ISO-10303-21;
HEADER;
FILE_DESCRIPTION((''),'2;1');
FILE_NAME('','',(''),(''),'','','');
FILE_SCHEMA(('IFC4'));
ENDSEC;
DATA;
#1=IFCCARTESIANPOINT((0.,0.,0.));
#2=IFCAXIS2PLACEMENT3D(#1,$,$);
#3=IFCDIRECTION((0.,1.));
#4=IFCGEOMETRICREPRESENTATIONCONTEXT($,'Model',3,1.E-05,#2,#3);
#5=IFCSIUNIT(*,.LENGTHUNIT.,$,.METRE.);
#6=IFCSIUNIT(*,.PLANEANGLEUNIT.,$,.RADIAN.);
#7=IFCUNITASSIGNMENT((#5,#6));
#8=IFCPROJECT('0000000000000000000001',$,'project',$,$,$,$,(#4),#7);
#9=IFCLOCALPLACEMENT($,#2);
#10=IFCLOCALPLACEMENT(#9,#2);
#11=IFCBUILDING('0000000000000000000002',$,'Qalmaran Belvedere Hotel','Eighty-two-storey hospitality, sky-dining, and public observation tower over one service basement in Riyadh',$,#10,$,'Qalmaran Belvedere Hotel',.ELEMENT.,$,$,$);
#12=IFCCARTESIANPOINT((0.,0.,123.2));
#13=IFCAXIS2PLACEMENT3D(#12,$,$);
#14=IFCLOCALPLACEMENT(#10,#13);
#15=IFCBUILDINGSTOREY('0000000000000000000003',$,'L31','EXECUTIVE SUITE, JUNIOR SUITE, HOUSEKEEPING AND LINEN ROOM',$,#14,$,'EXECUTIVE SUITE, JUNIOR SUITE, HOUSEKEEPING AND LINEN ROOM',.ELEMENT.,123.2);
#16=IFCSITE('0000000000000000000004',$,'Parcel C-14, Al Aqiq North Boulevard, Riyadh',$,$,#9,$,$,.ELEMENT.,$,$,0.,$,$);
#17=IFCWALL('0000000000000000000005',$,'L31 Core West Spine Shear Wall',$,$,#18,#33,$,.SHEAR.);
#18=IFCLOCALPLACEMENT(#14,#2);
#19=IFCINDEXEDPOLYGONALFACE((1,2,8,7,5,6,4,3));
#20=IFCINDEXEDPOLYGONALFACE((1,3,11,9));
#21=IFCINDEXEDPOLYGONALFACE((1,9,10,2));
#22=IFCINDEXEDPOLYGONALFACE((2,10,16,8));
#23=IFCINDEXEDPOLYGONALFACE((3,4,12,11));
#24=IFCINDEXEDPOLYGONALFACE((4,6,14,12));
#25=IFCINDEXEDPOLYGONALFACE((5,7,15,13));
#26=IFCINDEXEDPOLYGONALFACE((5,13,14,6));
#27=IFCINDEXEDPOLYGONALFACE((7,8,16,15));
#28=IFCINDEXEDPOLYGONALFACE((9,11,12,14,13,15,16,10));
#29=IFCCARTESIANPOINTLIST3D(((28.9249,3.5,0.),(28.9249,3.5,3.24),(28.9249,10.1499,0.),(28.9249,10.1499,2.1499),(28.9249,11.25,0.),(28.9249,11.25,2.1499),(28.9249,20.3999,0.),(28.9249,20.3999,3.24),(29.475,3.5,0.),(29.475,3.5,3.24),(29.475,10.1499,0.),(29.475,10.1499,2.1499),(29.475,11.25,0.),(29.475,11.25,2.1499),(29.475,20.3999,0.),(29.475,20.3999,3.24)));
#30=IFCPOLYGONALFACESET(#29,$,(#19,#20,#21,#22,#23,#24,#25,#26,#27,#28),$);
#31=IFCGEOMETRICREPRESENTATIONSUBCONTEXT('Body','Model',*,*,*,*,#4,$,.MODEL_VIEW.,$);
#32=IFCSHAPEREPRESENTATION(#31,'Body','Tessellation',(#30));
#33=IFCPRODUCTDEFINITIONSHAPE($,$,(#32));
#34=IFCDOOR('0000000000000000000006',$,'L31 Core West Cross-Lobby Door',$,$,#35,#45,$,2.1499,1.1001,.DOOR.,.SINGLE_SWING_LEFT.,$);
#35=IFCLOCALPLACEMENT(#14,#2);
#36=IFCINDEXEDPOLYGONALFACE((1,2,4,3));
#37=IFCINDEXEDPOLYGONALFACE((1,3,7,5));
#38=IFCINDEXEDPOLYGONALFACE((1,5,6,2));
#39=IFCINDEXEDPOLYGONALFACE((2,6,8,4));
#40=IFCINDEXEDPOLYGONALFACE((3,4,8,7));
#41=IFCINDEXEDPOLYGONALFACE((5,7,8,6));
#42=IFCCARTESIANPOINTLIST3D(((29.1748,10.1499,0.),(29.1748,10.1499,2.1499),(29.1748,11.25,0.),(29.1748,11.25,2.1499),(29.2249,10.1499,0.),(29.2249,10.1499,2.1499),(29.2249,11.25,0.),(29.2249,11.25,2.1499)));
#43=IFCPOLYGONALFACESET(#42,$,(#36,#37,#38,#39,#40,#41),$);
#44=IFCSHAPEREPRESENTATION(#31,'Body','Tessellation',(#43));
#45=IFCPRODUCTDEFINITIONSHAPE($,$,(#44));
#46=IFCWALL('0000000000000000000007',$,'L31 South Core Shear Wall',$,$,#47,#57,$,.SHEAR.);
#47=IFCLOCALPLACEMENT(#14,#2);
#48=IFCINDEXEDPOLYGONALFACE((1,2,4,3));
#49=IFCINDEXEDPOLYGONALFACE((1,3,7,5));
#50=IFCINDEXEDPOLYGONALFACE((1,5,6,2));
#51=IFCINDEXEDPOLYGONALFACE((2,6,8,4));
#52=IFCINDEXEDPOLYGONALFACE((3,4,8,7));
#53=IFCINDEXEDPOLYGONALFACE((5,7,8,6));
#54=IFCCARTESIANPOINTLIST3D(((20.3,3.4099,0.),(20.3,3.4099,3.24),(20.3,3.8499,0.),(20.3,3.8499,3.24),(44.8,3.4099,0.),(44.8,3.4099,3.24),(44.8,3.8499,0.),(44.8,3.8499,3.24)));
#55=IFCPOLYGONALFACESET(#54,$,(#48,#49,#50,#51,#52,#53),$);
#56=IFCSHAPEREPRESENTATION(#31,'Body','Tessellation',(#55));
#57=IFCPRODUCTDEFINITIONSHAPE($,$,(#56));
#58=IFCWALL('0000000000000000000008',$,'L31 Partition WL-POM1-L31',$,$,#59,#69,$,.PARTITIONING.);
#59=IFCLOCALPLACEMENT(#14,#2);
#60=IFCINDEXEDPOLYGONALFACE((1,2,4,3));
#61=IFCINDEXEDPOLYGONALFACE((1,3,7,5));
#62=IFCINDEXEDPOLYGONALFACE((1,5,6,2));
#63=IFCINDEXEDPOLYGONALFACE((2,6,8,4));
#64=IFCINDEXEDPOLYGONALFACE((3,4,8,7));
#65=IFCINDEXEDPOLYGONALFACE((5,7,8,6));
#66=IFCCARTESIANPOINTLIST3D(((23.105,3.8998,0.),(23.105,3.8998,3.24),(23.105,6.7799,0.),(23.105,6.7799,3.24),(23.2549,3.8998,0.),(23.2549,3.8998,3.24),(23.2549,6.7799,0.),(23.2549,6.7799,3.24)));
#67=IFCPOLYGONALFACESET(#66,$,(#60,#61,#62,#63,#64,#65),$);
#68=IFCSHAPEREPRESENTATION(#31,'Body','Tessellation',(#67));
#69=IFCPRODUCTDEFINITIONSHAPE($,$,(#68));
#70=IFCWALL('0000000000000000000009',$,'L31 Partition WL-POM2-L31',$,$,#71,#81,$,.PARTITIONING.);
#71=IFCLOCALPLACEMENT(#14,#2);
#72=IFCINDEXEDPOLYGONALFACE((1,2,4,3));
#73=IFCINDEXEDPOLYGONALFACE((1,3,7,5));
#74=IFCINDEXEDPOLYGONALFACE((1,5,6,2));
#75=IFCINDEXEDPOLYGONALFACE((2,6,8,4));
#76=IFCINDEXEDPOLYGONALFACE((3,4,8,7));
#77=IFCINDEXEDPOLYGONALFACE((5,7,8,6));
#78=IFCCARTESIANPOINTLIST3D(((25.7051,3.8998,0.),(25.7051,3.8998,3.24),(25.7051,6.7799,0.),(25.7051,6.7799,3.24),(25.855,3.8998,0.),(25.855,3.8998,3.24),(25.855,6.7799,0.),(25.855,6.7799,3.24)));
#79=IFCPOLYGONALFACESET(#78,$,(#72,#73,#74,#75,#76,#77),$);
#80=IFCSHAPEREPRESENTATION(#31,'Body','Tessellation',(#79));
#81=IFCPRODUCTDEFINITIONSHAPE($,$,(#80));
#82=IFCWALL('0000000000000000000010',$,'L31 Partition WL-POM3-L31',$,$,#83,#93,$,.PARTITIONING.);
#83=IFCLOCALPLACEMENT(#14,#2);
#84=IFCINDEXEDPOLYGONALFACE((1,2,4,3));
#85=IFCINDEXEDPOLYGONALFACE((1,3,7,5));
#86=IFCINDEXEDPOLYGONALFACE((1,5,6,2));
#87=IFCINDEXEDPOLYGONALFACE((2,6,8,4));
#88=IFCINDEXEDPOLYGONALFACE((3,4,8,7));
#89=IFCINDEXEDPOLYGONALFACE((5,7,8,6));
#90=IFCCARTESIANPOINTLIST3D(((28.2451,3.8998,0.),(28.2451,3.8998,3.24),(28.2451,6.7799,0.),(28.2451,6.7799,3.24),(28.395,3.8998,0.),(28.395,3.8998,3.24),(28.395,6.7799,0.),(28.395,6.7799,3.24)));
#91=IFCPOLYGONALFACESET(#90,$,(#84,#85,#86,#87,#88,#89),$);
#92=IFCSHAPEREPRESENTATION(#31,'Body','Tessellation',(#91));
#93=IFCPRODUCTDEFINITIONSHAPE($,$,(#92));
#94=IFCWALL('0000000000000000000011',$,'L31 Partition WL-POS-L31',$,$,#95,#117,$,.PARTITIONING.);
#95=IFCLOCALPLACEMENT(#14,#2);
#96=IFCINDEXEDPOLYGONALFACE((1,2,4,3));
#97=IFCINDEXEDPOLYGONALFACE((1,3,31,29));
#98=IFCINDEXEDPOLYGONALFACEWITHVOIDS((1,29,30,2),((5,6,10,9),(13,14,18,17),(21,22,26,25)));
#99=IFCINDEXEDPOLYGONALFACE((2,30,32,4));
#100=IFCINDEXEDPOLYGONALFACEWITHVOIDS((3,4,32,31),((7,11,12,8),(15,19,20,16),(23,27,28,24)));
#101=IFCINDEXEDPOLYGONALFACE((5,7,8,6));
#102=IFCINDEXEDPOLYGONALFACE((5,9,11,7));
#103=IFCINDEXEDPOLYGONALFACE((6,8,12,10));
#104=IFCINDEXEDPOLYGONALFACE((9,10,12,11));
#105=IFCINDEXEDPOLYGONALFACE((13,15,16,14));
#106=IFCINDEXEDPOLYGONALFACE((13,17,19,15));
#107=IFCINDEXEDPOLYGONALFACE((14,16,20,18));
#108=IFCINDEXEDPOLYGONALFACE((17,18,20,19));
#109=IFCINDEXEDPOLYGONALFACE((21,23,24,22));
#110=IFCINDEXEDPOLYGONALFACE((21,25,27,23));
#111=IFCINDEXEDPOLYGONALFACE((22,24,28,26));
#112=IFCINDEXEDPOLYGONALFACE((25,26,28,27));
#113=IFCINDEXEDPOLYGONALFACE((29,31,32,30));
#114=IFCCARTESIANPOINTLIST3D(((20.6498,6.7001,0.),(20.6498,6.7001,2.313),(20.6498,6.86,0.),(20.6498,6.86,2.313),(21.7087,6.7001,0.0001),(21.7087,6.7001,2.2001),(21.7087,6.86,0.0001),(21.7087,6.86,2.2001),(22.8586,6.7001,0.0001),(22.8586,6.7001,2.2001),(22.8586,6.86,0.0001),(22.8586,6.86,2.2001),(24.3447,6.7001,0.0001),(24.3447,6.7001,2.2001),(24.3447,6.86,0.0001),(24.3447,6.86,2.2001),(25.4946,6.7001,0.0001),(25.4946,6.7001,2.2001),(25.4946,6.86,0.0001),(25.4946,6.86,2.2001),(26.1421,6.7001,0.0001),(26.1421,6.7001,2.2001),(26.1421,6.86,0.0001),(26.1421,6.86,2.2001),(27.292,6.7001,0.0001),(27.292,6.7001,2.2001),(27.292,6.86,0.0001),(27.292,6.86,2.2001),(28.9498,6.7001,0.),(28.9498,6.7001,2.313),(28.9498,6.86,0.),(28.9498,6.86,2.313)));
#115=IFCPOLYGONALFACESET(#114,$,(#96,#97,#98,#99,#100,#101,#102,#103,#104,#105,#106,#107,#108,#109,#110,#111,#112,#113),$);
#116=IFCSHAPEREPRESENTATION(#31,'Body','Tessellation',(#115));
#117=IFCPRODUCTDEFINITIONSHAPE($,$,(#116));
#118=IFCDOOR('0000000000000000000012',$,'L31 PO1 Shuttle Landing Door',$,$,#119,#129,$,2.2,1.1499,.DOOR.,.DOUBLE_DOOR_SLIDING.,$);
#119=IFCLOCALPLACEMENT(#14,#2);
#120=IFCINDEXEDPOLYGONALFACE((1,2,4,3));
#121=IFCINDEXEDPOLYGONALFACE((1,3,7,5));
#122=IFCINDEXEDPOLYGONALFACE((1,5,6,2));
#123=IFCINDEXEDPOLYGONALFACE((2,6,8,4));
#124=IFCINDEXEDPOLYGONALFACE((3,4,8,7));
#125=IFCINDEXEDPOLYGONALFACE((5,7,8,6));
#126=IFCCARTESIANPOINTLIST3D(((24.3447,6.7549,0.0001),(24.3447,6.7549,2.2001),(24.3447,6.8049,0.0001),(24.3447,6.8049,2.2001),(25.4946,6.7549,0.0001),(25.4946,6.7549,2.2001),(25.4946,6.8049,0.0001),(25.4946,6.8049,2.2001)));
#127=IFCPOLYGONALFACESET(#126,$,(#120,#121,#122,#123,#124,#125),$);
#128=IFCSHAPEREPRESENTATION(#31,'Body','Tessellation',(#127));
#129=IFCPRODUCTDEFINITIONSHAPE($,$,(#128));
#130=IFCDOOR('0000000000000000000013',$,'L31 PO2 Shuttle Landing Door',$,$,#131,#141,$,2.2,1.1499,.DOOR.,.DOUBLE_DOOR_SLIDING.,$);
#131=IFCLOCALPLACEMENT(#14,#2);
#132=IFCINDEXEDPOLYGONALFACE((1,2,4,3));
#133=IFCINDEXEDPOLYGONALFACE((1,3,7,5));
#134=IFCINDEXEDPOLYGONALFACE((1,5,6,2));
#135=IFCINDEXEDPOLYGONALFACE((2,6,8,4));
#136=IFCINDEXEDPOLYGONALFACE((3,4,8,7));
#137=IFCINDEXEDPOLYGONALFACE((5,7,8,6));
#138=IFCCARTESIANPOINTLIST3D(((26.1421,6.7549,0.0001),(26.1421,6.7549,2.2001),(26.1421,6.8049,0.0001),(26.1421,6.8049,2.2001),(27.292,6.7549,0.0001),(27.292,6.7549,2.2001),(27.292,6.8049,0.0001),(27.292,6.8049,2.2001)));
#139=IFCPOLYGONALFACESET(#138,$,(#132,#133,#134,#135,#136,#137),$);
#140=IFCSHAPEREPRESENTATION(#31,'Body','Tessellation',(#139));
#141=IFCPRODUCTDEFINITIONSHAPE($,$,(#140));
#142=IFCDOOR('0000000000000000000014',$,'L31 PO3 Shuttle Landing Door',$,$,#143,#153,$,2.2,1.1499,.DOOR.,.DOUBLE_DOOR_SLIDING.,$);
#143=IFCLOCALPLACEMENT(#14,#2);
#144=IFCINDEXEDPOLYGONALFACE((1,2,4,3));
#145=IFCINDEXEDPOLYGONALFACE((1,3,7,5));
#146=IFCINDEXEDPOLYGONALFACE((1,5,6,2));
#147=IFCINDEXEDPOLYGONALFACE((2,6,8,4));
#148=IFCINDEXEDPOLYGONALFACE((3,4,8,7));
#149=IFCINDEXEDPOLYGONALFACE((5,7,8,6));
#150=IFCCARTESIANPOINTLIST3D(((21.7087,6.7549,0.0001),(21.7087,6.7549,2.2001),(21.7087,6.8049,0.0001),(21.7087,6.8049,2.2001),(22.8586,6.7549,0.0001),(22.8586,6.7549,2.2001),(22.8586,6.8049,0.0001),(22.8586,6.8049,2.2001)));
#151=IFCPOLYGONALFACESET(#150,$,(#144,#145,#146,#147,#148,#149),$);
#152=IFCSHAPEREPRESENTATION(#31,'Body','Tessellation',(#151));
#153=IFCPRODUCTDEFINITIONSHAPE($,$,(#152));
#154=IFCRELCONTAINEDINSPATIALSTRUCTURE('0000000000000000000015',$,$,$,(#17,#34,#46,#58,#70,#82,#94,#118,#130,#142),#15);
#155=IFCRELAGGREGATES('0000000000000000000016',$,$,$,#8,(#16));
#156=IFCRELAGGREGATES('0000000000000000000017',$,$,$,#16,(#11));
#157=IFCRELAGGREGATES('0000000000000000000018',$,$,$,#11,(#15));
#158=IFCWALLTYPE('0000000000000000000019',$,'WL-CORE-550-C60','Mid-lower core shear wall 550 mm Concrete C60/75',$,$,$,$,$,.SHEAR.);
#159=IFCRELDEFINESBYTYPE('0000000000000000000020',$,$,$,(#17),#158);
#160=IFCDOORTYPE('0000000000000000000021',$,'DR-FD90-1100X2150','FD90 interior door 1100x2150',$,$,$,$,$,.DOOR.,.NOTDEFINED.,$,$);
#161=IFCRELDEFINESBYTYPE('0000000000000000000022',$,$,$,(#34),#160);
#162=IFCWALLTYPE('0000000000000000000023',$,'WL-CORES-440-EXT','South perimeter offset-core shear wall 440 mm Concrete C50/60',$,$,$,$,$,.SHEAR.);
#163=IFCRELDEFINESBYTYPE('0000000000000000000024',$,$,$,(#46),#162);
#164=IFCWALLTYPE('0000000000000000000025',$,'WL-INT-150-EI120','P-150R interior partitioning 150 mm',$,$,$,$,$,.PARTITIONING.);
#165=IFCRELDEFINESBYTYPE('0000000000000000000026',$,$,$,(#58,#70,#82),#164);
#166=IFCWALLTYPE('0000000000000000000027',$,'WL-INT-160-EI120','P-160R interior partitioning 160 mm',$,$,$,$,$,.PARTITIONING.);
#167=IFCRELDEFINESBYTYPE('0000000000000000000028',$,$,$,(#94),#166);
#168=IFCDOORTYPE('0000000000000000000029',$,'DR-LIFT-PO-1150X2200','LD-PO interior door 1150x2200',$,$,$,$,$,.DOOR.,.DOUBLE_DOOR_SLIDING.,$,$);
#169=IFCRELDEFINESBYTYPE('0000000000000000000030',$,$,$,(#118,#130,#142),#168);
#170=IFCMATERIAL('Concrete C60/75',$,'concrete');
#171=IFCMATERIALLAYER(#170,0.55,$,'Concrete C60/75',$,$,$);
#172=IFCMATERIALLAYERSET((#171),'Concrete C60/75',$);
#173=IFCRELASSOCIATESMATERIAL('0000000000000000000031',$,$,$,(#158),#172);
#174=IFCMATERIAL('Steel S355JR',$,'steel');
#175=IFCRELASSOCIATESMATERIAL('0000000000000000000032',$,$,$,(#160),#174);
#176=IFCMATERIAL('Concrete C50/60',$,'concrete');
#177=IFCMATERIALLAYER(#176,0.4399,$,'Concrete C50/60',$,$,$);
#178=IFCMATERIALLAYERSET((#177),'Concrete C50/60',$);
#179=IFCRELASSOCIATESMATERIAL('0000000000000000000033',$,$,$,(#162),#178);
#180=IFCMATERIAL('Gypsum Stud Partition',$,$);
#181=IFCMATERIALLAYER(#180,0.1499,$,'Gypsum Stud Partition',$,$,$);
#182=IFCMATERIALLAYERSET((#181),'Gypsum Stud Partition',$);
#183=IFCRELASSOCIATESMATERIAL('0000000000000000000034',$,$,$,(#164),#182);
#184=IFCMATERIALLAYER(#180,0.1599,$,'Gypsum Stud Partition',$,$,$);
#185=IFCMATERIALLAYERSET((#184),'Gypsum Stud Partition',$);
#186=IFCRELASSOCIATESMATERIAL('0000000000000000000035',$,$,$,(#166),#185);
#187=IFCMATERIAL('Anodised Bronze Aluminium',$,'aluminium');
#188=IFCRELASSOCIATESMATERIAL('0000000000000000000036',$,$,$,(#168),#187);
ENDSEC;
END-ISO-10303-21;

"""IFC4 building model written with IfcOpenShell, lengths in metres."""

from ifc_helpers import new_model, si_unit, direction, frame, frame_2d, origin, place, context, subcontext, project, spatial, rectangle, extrude, material, layer, layer_set, type_object, element, fill, save


model = new_model("IFC4")

# Units and contexts
model_context = context("Model", 3, precision=1e-05, world=origin(), true_north=direction((0.0, 1.0)))
body_context = subcontext(model_context, "Body", "Model", "MODEL_VIEW")
ifc_project = project(units=[si_unit("LENGTHUNIT", "METRE"), si_unit("PLANEANGLEUNIT", "RADIAN")], contexts=[model_context])

# Site, building, storey
site_placement = place(None, origin())
site = spatial("IfcSite", under=ifc_project, at=site_placement, Name="Parcel C-14, Al Aqiq North Boulevard, Riyadh", CompositionType="ELEMENT", RefElevation=0.0)
building_placement = place(site_placement, origin())
building = spatial("IfcBuilding", under=site, at=building_placement, Name="Qalmaran Belvedere Hotel", Description="Eighty-two-storey hospitality, sky-dining, and public observation tower over one service basement in Riyadh", LongName="Qalmaran Belvedere Hotel", CompositionType="ELEMENT")
storey_placement = place(building_placement, frame((0.0, 0.0, 123.2)))
storey = spatial("IfcBuildingStorey", under=building, at=storey_placement, Name="L31", Description="EXECUTIVE SUITE, JUNIOR SUITE, HOUSEKEEPING AND LINEN ROOM", LongName="EXECUTIVE SUITE, JUNIOR SUITE, HOUSEKEEPING AND LINEN ROOM", CompositionType="ELEMENT", Elevation=123.2)

# Shared definitions
ifc_material_1 = material(Name="Concrete C60/75", Category="concrete")

# Shared definitions
ifc_material_2 = material(Name="Steel S355JR", Category="steel")

# Shared definitions
ifc_material_3 = material(Name="Anodised Bronze Aluminium", Category="aluminium")

# Shared definitions
ifc_layer_1 = layer(ifc_material_1, 0.55, Name="Concrete C60/75")
ifc_layer_set_1 = layer_set([ifc_layer_1], Name="Concrete C60/75")
wall_type_1 = type_object("IfcWallType", Name="WL-CORE-550-C60", Description="Mid-lower core shear wall 550 mm Concrete C60/75", PredefinedType="SHEAR", material=ifc_layer_set_1)

# Wall, opening, door
wall_1_placement = place(storey_placement, frame((29.2, 3.5, 0.0), z_axis=(0.0, 0.0, 1.0), x_axis=(0.0, 1.0, 0.0)))
wall_1 = element("IfcWall", 1, at=wall_1_placement, inside=storey, type_object=wall_type_1, Name="L31 Core West Spine Shear Wall", PredefinedType="SHEAR", context=body_context, shape_type="SweptSolid", body=[
    extrude(rectangle(XDim=16.8999, YDim=0.55, at=frame_2d((8.45, 0.0))), origin(), (0.0, 0.0, 1.0), 3.24),
])
opening_1_placement = place(wall_1_placement, frame((7.75, 0.0, 0.0), z_axis=(0.0, 0.0, 1.0), x_axis=(-1.0, 0.0, 0.0)))
opening_1 = element("IfcOpeningElement", 2, at=opening_1_placement, cuts=wall_1, PredefinedType="OPENING", context=body_context, shape_type="SweptSolid", body=[
    extrude(rectangle(XDim=1.1001, YDim=2.1499, at=frame_2d((0.55, 1.075))), frame((0.0, 0.2852, 0.0), z_axis=(0.0, -1.0, 0.0), x_axis=(1.0, 0.0, 0.0)), (0.0, 0.0, 1.0), 0.5701),
])
door_type_1 = type_object("IfcDoorType", Name="DR-FD90-1100X2150", Description="FD90 interior door 1100x2150", OperationType="NOTDEFINED", PredefinedType="DOOR", material=ifc_material_2)
door_1_placement = place(opening_1_placement, origin())
door_1 = element("IfcDoor", 3, at=door_1_placement, inside=storey, type_object=door_type_1, Name="L31 Core West Cross-Lobby Door", OperationType="SINGLE_SWING_LEFT", OverallHeight=2.1499, OverallWidth=1.1001, PredefinedType="DOOR", context=body_context, shape_type="SweptSolid", body=[
    extrude(rectangle(XDim=1.1001, YDim=2.1499, at=frame_2d((0.55, 1.075))), frame((0.0, 0.0249, 0.0), z_axis=(0.0, -1.0, 0.0), x_axis=(1.0, 0.0, 0.0)), (0.0, 0.0, 1.0), 0.05),
])
fill(opening_1, door_1)

# Walls
ifc_material_4 = material(Name="Concrete C50/60", Category="concrete")
ifc_layer_2 = layer(ifc_material_4, 0.4399, Name="Concrete C50/60")
ifc_layer_set_2 = layer_set([ifc_layer_2], Name="Concrete C50/60")
wall_type_2 = type_object("IfcWallType", Name="WL-CORES-440-EXT", Description="South perimeter offset-core shear wall 440 mm Concrete C50/60", PredefinedType="SHEAR", material=ifc_layer_set_2)
wall_2_placement = place(storey_placement, frame((20.3, 3.6299, 0.0), z_axis=(0.0, 0.0, 1.0), x_axis=(1.0, 0.0, 0.0)))
element("IfcWall", 4, at=wall_2_placement, inside=storey, type_object=wall_type_2, Name="L31 South Core Shear Wall", PredefinedType="SHEAR", context=body_context, shape_type="SweptSolid", body=[
    extrude(rectangle(XDim=24.5, YDim=0.4399, at=frame_2d((12.25, 0.0))), origin(), (0.0, 0.0, 1.0), 3.24),
])
ifc_material_5 = material(Name="Gypsum Stud Partition")
ifc_layer_3 = layer(ifc_material_5, 0.1499, Name="Gypsum Stud Partition")
ifc_layer_set_3 = layer_set([ifc_layer_3], Name="Gypsum Stud Partition")
wall_type_3 = type_object("IfcWallType", Name="WL-INT-150-EI120", Description="P-150R interior partitioning 150 mm", PredefinedType="PARTITIONING", material=ifc_layer_set_3)
for number, where, z_axis, x_axis, name in (
    (5, (23.1799, 3.8999, 0.0), (0.0, 0.0, 1.0), (0.0, 1.0, 0.0), "L31 Partition WL-POM1-L31"),
    (6, (25.78, 3.8999, 0.0), (0.0, 0.0, 1.0), (0.0, 1.0, 0.0), "L31 Partition WL-POM2-L31"),
    (7, (28.3201, 3.8999, 0.0), (0.0, 0.0, 1.0), (0.0, 1.0, 0.0), "L31 Partition WL-POM3-L31"),
):
    element("IfcWall", number, at=place(storey_placement, frame(where, z_axis=z_axis, x_axis=x_axis)), inside=storey, type_object=wall_type_3, Name=name, PredefinedType="PARTITIONING", context=body_context, shape_type="SweptSolid", body=[
        extrude(rectangle(XDim=2.8801, YDim=0.1499, at=frame_2d((1.4399, 0.0))), origin(), (0.0, 0.0, 1.0), 3.24),
    ])

# Wall, openings, doors
ifc_layer_4 = layer(ifc_material_5, 0.1599, Name="Gypsum Stud Partition")
ifc_layer_set_4 = layer_set([ifc_layer_4], Name="Gypsum Stud Partition")
wall_type_4 = type_object("IfcWallType", Name="WL-INT-160-EI120", Description="P-160R interior partitioning 160 mm", PredefinedType="PARTITIONING", material=ifc_layer_set_4)
wall_3_placement = place(storey_placement, frame((20.6499, 6.78, 0.0), z_axis=(0.0, 0.0, 1.0), x_axis=(1.0, 0.0, 0.0)))
wall_3 = element("IfcWall", 8, at=wall_3_placement, inside=storey, type_object=wall_type_4, Name="L31 Partition WL-POS-L31", PredefinedType="PARTITIONING", context=body_context, shape_type="SweptSolid", body=[
    extrude(rectangle(XDim=8.3, YDim=0.1599, at=frame_2d((4.1499, 0.0))), origin(), (0.0, 0.0, 1.0), 2.313),
])
opening_2_placement = place(wall_3_placement, frame((3.6948, 0.0, 0.0)))
opening_2 = element("IfcOpeningElement", 9, at=opening_2_placement, cuts=wall_3, PredefinedType="OPENING", context=body_context, shape_type="SweptSolid", body=[
    extrude(rectangle(XDim=1.1499, YDim=2.2, at=frame_2d((0.575, 1.1001))), frame((0.0, 0.0898, 0.0), z_axis=(0.0, -1.0, 0.0), x_axis=(1.0, 0.0, 0.0)), (0.0, 0.0, 1.0), 0.1799),
])
opening_3_placement = place(wall_3_placement, frame((5.4922, 0.0, 0.0)))
opening_3 = element("IfcOpeningElement", 10, at=opening_3_placement, cuts=wall_3, PredefinedType="OPENING", context=body_context, shape_type="SweptSolid", body=[
    extrude(rectangle(XDim=1.1499, YDim=2.2, at=frame_2d((0.575, 1.1001))), frame((0.0, 0.0898, 0.0), z_axis=(0.0, -1.0, 0.0), x_axis=(1.0, 0.0, 0.0)), (0.0, 0.0, 1.0), 0.1799),
])
opening_4_placement = place(wall_3_placement, frame((1.0588, 0.0, 0.0)))
opening_4 = element("IfcOpeningElement", 11, at=opening_4_placement, cuts=wall_3, PredefinedType="OPENING", context=body_context, shape_type="SweptSolid", body=[
    extrude(rectangle(XDim=1.1499, YDim=2.2, at=frame_2d((0.575, 1.1001))), frame((0.0, 0.0898, 0.0), z_axis=(0.0, -1.0, 0.0), x_axis=(1.0, 0.0, 0.0)), (0.0, 0.0, 1.0), 0.1799),
])
door_type_2 = type_object("IfcDoorType", Name="DR-LIFT-PO-1150X2200", Description="LD-PO interior door 1150x2200", OperationType="DOUBLE_DOOR_SLIDING", PredefinedType="DOOR", material=ifc_material_3)
door_2_placement = place(opening_2_placement, origin())
door_2 = element("IfcDoor", 12, at=door_2_placement, inside=storey, type_object=door_type_2, Name="L31 PO1 Shuttle Landing Door", OperationType="DOUBLE_DOOR_SLIDING", OverallHeight=2.2, OverallWidth=1.1499, PredefinedType="DOOR", context=body_context, shape_type="SweptSolid", body=[
    extrude(rectangle(XDim=1.1499, YDim=2.2, at=frame_2d((0.575, 1.1001))), frame((0.0, 0.0249, 0.0), z_axis=(0.0, -1.0, 0.0), x_axis=(1.0, 0.0, 0.0)), (0.0, 0.0, 1.0), 0.05),
])
fill(opening_2, door_2)
door_3_placement = place(opening_3_placement, origin())
door_3 = element("IfcDoor", 13, at=door_3_placement, inside=storey, type_object=door_type_2, Name="L31 PO2 Shuttle Landing Door", OperationType="DOUBLE_DOOR_SLIDING", OverallHeight=2.2, OverallWidth=1.1499, PredefinedType="DOOR", context=body_context, shape_type="SweptSolid", body=[
    extrude(rectangle(XDim=1.1499, YDim=2.2, at=frame_2d((0.575, 1.1001))), frame((0.0, 0.0249, 0.0), z_axis=(0.0, -1.0, 0.0), x_axis=(1.0, 0.0, 0.0)), (0.0, 0.0, 1.0), 0.05),
])
fill(opening_3, door_3)
door_4_placement = place(opening_4_placement, origin())
door_4 = element("IfcDoor", 14, at=door_4_placement, inside=storey, type_object=door_type_2, Name="L31 PO3 Shuttle Landing Door", OperationType="DOUBLE_DOOR_SLIDING", OverallHeight=2.2, OverallWidth=1.1499, PredefinedType="DOOR", context=body_context, shape_type="SweptSolid", body=[
    extrude(rectangle(XDim=1.1499, YDim=2.2, at=frame_2d((0.575, 1.1001))), frame((0.0, 0.0249, 0.0), z_axis=(0.0, -1.0, 0.0), x_axis=(1.0, 0.0, 0.0)), (0.0, 0.0, 1.0), 0.05),
])
fill(opening_4, door_4)

save(model, "model.ifc")
